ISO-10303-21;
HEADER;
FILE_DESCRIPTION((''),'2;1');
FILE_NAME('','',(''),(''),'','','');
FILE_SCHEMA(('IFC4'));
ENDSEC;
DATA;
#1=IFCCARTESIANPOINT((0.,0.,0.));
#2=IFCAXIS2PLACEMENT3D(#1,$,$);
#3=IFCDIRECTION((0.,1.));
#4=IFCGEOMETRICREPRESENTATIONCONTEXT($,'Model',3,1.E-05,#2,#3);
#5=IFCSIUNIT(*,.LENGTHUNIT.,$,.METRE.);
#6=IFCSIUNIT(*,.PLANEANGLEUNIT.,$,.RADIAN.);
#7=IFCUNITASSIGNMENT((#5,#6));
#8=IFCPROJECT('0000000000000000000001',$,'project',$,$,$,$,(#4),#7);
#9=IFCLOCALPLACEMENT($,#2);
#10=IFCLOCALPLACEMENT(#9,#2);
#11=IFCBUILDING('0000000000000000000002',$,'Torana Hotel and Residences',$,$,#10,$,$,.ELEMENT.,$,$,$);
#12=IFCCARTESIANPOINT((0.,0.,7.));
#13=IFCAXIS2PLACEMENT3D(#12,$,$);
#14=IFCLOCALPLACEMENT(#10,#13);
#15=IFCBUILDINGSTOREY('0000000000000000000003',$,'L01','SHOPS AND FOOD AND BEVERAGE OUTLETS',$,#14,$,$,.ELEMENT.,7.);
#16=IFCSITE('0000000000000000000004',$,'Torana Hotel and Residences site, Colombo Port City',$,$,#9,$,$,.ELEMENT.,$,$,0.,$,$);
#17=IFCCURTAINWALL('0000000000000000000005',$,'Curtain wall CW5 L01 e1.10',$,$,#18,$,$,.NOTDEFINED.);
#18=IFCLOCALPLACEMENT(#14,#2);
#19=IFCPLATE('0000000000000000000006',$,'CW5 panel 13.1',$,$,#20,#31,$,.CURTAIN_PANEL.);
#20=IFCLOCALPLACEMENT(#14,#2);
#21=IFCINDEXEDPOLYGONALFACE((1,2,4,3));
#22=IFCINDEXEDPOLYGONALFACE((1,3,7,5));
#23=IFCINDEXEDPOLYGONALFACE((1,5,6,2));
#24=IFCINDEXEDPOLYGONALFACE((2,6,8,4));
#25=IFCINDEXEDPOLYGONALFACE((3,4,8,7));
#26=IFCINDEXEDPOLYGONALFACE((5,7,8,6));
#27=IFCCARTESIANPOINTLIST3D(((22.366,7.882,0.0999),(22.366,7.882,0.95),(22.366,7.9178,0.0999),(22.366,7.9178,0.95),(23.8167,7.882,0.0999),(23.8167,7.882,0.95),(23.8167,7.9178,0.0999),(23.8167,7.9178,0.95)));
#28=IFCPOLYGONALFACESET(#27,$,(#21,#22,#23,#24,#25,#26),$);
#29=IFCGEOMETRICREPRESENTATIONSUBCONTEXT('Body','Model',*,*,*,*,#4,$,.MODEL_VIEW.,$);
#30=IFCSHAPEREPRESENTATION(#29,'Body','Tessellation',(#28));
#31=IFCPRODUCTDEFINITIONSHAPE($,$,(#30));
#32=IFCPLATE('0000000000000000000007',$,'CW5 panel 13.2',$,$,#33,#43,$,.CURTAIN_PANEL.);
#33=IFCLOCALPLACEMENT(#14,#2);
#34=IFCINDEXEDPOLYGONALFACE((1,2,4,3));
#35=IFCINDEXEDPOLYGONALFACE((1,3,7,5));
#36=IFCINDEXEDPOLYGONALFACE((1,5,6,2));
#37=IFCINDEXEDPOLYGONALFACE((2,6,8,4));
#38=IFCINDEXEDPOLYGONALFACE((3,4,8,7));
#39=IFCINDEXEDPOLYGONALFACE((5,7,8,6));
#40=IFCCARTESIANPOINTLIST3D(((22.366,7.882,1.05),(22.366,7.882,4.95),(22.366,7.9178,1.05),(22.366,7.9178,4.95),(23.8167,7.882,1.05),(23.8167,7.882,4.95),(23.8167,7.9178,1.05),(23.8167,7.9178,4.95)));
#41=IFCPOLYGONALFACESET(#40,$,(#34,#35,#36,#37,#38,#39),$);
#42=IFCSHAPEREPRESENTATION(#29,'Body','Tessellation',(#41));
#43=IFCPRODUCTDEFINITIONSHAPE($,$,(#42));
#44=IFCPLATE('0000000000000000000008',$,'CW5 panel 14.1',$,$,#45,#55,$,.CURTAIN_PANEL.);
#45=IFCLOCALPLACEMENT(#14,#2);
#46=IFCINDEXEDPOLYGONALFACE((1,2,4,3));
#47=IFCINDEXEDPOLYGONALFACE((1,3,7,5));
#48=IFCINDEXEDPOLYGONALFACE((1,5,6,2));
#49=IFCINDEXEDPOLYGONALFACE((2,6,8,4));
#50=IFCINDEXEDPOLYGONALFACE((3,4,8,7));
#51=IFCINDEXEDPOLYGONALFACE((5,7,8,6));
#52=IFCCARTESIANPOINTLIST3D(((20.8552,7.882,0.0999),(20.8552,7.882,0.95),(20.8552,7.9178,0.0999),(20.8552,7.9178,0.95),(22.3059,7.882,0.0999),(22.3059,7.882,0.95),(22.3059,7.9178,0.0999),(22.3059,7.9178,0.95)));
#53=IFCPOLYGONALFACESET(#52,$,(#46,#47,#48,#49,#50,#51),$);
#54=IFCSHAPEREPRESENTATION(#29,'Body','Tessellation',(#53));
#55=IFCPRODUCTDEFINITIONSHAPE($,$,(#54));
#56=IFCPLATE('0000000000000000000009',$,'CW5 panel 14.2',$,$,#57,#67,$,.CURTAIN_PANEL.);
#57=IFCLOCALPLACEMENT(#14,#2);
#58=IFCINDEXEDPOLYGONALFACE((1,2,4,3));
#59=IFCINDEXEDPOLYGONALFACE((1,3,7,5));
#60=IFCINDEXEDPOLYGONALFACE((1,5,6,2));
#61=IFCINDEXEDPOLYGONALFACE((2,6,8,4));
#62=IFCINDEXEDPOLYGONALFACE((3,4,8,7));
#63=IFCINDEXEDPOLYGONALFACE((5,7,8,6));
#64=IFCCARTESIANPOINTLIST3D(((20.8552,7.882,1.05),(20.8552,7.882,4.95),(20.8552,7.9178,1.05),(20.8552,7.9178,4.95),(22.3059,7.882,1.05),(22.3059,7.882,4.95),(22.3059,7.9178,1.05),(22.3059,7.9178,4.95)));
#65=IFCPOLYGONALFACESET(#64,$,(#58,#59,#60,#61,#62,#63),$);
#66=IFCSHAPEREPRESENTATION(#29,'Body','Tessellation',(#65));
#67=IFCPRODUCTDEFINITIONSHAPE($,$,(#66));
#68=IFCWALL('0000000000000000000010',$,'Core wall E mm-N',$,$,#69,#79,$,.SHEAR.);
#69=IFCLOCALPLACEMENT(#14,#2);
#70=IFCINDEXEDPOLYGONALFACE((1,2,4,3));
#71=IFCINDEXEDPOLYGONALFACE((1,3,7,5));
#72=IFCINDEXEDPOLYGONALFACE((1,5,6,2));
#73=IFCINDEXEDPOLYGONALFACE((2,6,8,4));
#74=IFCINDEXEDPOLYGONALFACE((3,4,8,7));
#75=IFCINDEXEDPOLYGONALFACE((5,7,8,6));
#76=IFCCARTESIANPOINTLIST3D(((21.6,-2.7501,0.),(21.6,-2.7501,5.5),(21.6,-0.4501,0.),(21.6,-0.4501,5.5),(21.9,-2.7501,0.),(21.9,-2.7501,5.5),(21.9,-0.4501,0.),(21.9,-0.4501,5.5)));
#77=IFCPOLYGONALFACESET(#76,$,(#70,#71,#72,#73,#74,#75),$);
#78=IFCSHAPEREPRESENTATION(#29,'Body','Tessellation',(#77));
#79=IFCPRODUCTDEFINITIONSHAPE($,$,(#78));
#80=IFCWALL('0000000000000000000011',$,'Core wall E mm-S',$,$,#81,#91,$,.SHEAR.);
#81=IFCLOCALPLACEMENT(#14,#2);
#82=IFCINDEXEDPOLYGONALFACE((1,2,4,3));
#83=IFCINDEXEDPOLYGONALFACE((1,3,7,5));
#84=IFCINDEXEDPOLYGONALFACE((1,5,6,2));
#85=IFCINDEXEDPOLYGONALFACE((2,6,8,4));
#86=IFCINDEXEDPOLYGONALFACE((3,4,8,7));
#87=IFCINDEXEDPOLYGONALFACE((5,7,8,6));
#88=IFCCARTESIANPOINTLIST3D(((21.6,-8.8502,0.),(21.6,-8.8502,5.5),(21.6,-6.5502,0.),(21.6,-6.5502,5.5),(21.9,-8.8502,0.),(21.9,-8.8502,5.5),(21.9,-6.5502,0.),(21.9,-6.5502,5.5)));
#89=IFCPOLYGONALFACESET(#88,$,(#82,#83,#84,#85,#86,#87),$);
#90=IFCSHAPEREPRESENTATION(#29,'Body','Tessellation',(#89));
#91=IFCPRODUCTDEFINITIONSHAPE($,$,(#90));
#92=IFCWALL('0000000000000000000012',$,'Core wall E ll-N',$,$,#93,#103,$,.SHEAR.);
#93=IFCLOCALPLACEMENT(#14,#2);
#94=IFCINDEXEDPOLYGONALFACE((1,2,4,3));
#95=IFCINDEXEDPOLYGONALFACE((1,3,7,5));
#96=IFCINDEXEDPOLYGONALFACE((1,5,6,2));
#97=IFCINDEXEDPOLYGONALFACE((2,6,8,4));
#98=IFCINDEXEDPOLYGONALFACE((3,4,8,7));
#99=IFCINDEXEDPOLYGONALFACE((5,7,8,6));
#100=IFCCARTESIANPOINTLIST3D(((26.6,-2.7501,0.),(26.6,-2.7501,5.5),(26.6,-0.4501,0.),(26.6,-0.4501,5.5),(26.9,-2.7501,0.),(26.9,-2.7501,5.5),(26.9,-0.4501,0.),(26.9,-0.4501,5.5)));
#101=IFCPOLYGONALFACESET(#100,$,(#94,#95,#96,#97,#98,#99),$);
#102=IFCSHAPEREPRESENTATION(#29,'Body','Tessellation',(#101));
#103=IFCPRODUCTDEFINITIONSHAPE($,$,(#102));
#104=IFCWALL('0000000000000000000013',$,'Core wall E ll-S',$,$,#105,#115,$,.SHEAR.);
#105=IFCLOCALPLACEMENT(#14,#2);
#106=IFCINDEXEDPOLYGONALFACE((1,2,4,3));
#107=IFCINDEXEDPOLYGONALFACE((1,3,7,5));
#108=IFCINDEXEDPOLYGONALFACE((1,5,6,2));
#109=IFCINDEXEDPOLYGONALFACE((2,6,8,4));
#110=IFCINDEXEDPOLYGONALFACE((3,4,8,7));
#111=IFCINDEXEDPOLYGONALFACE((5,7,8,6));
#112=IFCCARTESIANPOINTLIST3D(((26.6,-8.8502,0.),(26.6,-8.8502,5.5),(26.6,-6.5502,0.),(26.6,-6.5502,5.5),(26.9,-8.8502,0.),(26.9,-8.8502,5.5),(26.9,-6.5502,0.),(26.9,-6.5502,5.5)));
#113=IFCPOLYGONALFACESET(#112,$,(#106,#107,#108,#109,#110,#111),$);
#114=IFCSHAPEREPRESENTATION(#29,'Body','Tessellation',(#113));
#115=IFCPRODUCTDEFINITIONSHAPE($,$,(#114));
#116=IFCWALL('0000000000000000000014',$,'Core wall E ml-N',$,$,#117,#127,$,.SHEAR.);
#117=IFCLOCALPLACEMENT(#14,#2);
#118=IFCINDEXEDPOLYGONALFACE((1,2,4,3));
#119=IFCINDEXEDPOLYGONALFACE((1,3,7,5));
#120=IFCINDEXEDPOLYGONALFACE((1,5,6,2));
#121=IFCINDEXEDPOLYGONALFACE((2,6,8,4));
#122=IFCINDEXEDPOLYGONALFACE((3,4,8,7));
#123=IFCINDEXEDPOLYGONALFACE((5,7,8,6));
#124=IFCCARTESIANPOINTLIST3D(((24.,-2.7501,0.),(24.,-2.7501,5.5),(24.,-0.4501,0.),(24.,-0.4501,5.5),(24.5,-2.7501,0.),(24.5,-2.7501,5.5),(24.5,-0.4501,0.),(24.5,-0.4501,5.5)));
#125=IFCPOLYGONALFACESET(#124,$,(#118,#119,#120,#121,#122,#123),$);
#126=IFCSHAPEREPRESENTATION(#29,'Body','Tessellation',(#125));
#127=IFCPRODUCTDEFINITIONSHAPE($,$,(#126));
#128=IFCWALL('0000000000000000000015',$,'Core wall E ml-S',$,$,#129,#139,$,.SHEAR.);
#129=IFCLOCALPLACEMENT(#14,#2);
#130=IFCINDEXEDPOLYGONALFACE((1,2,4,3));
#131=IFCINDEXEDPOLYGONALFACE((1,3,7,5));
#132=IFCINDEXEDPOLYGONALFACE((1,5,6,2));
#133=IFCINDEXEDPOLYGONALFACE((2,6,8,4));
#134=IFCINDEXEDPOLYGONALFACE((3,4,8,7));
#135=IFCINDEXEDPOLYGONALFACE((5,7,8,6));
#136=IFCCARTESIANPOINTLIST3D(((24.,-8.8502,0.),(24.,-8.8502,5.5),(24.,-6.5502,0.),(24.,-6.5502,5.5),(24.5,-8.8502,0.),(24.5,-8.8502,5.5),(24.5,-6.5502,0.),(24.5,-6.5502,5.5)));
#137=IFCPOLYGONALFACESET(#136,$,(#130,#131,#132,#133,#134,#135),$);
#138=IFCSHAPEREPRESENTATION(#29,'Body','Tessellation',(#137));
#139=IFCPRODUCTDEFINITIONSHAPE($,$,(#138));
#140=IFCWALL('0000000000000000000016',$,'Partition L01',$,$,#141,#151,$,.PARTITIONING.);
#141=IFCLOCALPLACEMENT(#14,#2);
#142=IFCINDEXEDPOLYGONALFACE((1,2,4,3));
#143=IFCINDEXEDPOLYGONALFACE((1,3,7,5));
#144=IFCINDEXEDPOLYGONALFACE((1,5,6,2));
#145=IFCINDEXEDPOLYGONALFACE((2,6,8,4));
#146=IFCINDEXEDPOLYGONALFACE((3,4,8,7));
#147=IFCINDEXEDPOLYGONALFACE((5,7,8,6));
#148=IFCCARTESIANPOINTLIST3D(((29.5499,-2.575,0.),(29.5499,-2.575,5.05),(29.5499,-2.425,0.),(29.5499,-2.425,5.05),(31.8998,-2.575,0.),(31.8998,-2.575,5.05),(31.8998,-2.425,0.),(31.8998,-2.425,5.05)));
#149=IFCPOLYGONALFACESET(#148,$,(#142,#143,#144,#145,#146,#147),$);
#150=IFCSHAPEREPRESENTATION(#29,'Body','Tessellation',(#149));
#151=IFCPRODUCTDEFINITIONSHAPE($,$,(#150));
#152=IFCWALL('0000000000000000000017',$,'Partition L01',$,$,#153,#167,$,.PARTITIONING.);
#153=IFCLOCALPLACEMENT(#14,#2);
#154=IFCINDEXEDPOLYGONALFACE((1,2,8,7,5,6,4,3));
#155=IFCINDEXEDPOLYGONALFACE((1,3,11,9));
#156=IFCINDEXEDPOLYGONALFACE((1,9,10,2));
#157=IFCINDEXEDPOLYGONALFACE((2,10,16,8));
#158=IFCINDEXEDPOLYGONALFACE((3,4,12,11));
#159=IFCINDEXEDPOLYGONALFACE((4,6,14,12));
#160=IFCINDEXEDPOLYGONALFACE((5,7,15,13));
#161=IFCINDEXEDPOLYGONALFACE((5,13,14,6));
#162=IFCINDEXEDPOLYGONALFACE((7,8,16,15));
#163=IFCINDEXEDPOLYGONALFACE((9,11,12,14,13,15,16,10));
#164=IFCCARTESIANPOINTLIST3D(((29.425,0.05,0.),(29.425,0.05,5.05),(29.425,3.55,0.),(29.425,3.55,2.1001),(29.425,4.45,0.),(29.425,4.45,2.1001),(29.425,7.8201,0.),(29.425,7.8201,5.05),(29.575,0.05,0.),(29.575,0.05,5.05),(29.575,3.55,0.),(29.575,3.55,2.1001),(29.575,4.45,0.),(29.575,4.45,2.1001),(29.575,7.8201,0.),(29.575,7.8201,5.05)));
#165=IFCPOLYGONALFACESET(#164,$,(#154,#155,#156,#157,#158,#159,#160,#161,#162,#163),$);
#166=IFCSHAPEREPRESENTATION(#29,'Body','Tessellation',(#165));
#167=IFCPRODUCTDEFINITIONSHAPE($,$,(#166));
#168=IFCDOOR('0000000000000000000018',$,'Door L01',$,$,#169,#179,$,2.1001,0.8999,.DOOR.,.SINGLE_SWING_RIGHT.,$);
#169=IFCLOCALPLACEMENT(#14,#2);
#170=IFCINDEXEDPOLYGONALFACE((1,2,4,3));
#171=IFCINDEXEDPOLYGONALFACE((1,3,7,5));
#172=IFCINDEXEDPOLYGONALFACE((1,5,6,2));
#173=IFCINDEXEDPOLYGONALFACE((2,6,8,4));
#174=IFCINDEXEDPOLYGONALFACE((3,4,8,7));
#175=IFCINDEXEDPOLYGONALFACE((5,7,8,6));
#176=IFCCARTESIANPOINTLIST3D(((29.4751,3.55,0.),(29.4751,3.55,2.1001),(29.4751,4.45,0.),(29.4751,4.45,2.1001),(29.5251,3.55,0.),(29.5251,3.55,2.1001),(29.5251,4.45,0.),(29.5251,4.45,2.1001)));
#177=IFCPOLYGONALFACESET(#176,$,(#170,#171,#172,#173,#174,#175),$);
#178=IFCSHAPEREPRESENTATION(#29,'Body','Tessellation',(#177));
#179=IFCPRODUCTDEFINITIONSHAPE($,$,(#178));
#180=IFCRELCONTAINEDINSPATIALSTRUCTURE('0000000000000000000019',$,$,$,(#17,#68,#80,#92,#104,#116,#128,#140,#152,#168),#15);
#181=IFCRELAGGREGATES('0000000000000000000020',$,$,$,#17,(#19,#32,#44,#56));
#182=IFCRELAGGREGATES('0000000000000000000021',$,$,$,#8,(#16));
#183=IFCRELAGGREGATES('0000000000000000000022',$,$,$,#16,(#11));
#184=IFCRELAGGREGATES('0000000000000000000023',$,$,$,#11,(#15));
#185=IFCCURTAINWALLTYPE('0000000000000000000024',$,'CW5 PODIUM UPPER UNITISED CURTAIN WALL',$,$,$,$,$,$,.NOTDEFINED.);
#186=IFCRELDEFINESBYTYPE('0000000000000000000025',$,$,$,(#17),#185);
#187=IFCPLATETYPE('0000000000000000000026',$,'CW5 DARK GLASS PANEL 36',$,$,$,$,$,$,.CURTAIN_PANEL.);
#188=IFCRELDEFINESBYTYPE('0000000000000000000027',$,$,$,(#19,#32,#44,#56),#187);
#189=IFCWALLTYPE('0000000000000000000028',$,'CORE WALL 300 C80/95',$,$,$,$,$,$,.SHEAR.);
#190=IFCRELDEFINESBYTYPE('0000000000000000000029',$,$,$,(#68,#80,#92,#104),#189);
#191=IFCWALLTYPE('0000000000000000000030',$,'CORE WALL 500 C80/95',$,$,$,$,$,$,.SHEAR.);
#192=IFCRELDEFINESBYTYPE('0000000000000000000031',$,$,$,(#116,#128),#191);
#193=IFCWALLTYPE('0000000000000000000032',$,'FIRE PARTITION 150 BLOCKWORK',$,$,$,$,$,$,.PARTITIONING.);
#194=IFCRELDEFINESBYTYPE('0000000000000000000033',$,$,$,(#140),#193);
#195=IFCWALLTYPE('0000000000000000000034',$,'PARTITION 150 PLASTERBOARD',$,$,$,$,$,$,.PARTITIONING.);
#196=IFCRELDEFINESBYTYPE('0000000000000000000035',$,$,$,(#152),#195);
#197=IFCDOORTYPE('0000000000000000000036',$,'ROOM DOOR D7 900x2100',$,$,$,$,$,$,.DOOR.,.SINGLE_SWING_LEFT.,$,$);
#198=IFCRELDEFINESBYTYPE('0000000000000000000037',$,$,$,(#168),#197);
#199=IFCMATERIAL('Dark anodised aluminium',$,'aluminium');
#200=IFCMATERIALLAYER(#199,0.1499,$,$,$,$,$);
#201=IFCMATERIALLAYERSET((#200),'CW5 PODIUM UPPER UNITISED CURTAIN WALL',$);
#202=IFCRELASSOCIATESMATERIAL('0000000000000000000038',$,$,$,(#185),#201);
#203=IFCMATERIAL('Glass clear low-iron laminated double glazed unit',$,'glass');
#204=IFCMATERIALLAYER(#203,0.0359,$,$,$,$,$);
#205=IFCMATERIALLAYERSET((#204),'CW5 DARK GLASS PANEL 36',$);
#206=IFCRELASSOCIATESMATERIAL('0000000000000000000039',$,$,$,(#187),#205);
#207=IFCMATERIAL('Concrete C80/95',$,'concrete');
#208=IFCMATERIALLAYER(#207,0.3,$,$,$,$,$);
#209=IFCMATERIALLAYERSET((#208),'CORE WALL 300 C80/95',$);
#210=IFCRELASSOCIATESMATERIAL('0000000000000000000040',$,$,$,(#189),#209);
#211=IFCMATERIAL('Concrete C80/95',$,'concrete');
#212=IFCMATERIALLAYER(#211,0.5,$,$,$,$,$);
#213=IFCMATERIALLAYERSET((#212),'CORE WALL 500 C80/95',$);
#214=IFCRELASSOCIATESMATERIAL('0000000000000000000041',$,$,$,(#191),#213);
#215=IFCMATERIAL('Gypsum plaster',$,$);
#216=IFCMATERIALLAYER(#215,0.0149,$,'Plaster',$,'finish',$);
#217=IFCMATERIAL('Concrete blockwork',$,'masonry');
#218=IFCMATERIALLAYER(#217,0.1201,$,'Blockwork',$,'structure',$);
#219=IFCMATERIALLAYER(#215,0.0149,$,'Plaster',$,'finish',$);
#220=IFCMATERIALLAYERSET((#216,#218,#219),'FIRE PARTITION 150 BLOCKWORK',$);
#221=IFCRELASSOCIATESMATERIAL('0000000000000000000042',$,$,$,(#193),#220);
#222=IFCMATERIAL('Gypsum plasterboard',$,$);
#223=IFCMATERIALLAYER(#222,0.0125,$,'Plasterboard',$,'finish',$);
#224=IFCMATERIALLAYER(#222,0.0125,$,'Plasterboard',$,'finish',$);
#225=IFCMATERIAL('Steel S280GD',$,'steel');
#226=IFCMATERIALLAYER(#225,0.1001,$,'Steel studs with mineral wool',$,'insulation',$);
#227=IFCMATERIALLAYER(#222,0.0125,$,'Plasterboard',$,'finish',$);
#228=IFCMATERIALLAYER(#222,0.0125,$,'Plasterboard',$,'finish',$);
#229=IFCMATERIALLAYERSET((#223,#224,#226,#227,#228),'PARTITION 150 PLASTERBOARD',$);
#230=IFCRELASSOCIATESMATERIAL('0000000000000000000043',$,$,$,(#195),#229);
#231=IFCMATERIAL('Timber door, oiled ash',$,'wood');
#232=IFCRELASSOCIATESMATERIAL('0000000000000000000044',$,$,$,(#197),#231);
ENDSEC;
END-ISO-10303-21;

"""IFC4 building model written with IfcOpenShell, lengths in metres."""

from ifc_helpers import new_model, si_unit, direction, frame, frame_2d, origin, origin_2d, place, context, subcontext, project, spatial, rectangle, extrude, material, layer, layer_set, type_object, element, fill, aggregate, save


model = new_model("IFC4")

# Units and contexts
model_context = context("Model", 3, precision=1e-05, world=origin(), true_north=direction((0.0, 1.0)))
body_context = subcontext(model_context, "Body", "Model", "MODEL_VIEW")
ifc_project = project(units=[si_unit("LENGTHUNIT", "METRE"), si_unit("PLANEANGLEUNIT", "RADIAN")], contexts=[model_context])

# Site, building, storey
site_placement = place(None, origin())
site = spatial("IfcSite", under=ifc_project, at=site_placement, Name="Torana Hotel and Residences site, Colombo Port City", CompositionType="ELEMENT", RefElevation=0.0)
building_placement = place(site_placement, origin())
building = spatial("IfcBuilding", under=site, at=building_placement, Name="Torana Hotel and Residences", CompositionType="ELEMENT")
storey_placement = place(building_placement, frame((0.0, 0.0, 7.0)))
storey = spatial("IfcBuildingStorey", under=building, at=storey_placement, Name="L01", Description="SHOPS AND FOOD AND BEVERAGE OUTLETS", CompositionType="ELEMENT", Elevation=7.0)

# Curtain wall, plates
ifc_material_1 = material(Name="Dark anodised aluminium", Category="aluminium")
ifc_layer_1 = layer(ifc_material_1, 0.1499)
ifc_layer_set_1 = layer_set([ifc_layer_1], Name="CW5 PODIUM UPPER UNITISED CURTAIN WALL")
curtain_wall_type = type_object("IfcCurtainWallType", Name="CW5 PODIUM UPPER UNITISED CURTAIN WALL", PredefinedType="NOTDEFINED", material=ifc_layer_set_1)
curtain_wall_placement = place(storey_placement, origin())
curtain_wall = element("IfcCurtainWall", 1, at=curtain_wall_placement, inside=storey, type_object=curtain_wall_type, Name="Curtain wall CW5 L01 e1.10", PredefinedType="NOTDEFINED")
ifc_material_2 = material(Name="Glass clear low-iron laminated double glazed unit", Category="glass")
ifc_layer_2 = layer(ifc_material_2, 0.0359)
ifc_layer_set_2 = layer_set([ifc_layer_2], Name="CW5 DARK GLASS PANEL 36")
plate_type = type_object("IfcPlateType", Name="CW5 DARK GLASS PANEL 36", PredefinedType="CURTAIN_PANEL", material=ifc_layer_set_2)
plate_1_placement = place(storey_placement, frame((23.0913, 7.8999, 0.0999), z_axis=(0.0, 0.0, 1.0), x_axis=(-1.0, 0.0, 0.0)))
plate_1 = element("IfcPlate", 2, at=plate_1_placement, type_object=plate_type, Name="CW5 panel 13.1", PredefinedType="CURTAIN_PANEL", context=body_context, shape_type="SweptSolid", body=[
    extrude(rectangle(XDim=1.4507, YDim=0.0359, at=origin_2d()), origin(), (0.0, 0.0, 1.0), 0.8501),
])
plate_2_placement = place(storey_placement, frame((23.0913, 7.8999, 1.05), z_axis=(0.0, 0.0, 1.0), x_axis=(-1.0, 0.0, 0.0)))
plate_2 = element("IfcPlate", 3, at=plate_2_placement, type_object=plate_type, Name="CW5 panel 13.2", PredefinedType="CURTAIN_PANEL", context=body_context, shape_type="SweptSolid", body=[
    extrude(rectangle(XDim=1.4507, YDim=0.0359, at=origin_2d()), origin(), (0.0, 0.0, 1.0), 3.8999),
])
plate_3_placement = place(storey_placement, frame((21.5806, 7.8999, 0.0999), z_axis=(0.0, 0.0, 1.0), x_axis=(-1.0, 0.0, 0.0)))
plate_3 = element("IfcPlate", 4, at=plate_3_placement, type_object=plate_type, Name="CW5 panel 14.1", PredefinedType="CURTAIN_PANEL", context=body_context, shape_type="SweptSolid", body=[
    extrude(rectangle(XDim=1.4507, YDim=0.0359, at=origin_2d()), origin(), (0.0, 0.0, 1.0), 0.8501),
])
plate_4_placement = place(storey_placement, frame((21.5806, 7.8999, 1.05), z_axis=(0.0, 0.0, 1.0), x_axis=(-1.0, 0.0, 0.0)))
plate_4 = element("IfcPlate", 5, at=plate_4_placement, type_object=plate_type, Name="CW5 panel 14.2", PredefinedType="CURTAIN_PANEL", context=body_context, shape_type="SweptSolid", body=[
    extrude(rectangle(XDim=1.4507, YDim=0.0359, at=origin_2d()), origin(), (0.0, 0.0, 1.0), 3.8999),
])
aggregate(curtain_wall, [plate_1, plate_2, plate_3, plate_4])

# Walls
ifc_material_3 = material(Name="Concrete C80/95", Category="concrete")
ifc_layer_3 = layer(ifc_material_3, 0.3)
ifc_layer_set_3 = layer_set([ifc_layer_3], Name="CORE WALL 300 C80/95")
wall_type_1 = type_object("IfcWallType", Name="CORE WALL 300 C80/95", PredefinedType="SHEAR", material=ifc_layer_set_3)
for number, where, z_axis, x_axis, name in (
    (6, (21.75, -2.75, 0.0), (0.0, 0.0, 1.0), (0.0, 1.0, 0.0), "Core wall E mm-N"),
    (7, (21.75, -8.8501, 0.0), (0.0, 0.0, 1.0), (0.0, 1.0, 0.0), "Core wall E mm-S"),
    (8, (26.75, -2.75, 0.0), (0.0, 0.0, 1.0), (0.0, 1.0, 0.0), "Core wall E ll-N"),
    (9, (26.75, -8.8501, 0.0), (0.0, 0.0, 1.0), (0.0, 1.0, 0.0), "Core wall E ll-S"),
):
    element("IfcWall", number, at=place(storey_placement, frame(where, z_axis=z_axis, x_axis=x_axis)), inside=storey, type_object=wall_type_1, Name=name, PredefinedType="SHEAR", context=body_context, shape_type="SweptSolid", body=[
        extrude(rectangle(XDim=2.3, YDim=0.3, at=frame_2d((1.1499, 0.0))), origin(), (0.0, 0.0, 1.0), 5.5),
    ])
ifc_material_4 = material(Name="Concrete C80/95", Category="concrete")
ifc_layer_4 = layer(ifc_material_4, 0.5)
ifc_layer_set_4 = layer_set([ifc_layer_4], Name="CORE WALL 500 C80/95")
wall_type_2 = type_object("IfcWallType", Name="CORE WALL 500 C80/95", PredefinedType="SHEAR", material=ifc_layer_set_4)
for number, where, z_axis, x_axis, name in (
    (10, (24.25, -2.75, 0.0), (0.0, 0.0, 1.0), (0.0, 1.0, 0.0), "Core wall E ml-N"),
    (11, (24.25, -8.8501, 0.0), (0.0, 0.0, 1.0), (0.0, 1.0, 0.0), "Core wall E ml-S"),
):
    element("IfcWall", number, at=place(storey_placement, frame(where, z_axis=z_axis, x_axis=x_axis)), inside=storey, type_object=wall_type_2, Name=name, PredefinedType="SHEAR", context=body_context, shape_type="SweptSolid", body=[
        extrude(rectangle(XDim=2.3, YDim=0.5, at=frame_2d((1.1499, 0.0))), origin(), (0.0, 0.0, 1.0), 5.5),
    ])
ifc_material_5 = material(Name="Gypsum plaster")
ifc_layer_5 = layer(ifc_material_5, 0.0149, Name="Plaster", Category="finish")
ifc_material_6 = material(Name="Concrete blockwork", Category="masonry")
ifc_layer_6 = layer(ifc_material_6, 0.1201, Name="Blockwork", Category="structure")
ifc_layer_7 = layer(ifc_material_5, 0.0149, Name="Plaster", Category="finish")
ifc_layer_set_5 = layer_set([ifc_layer_5, ifc_layer_6, ifc_layer_7], Name="FIRE PARTITION 150 BLOCKWORK")
wall_type_3 = type_object("IfcWallType", Name="FIRE PARTITION 150 BLOCKWORK", PredefinedType="PARTITIONING", material=ifc_layer_set_5)
wall_1_placement = place(storey_placement, frame((29.55, -2.5, 0.0), z_axis=(0.0, 0.0, 1.0), x_axis=(1.0, 0.0, 0.0)))
element("IfcWall", 12, at=wall_1_placement, inside=storey, type_object=wall_type_3, Name="Partition L01", PredefinedType="PARTITIONING", context=body_context, shape_type="SweptSolid", body=[
    extrude(rectangle(XDim=2.3499, YDim=0.1499, at=frame_2d((1.1748, 0.0))), origin(), (0.0, 0.0, 1.0), 5.05),
])

# Wall, opening, door
ifc_material_7 = material(Name="Gypsum plasterboard")
ifc_layer_8 = layer(ifc_material_7, 0.0125, Name="Plasterboard", Category="finish")
ifc_layer_9 = layer(ifc_material_7, 0.0125, Name="Plasterboard", Category="finish")
ifc_material_8 = material(Name="Steel S280GD", Category="steel")
ifc_layer_10 = layer(ifc_material_8, 0.1001, Name="Steel studs with mineral wool", Category="insulation")
ifc_layer_11 = layer(ifc_material_7, 0.0125, Name="Plasterboard", Category="finish")
ifc_layer_12 = layer(ifc_material_7, 0.0125, Name="Plasterboard", Category="finish")
ifc_layer_set_6 = layer_set([ifc_layer_8, ifc_layer_9, ifc_layer_10, ifc_layer_11, ifc_layer_12], Name="PARTITION 150 PLASTERBOARD")
wall_type_4 = type_object("IfcWallType", Name="PARTITION 150 PLASTERBOARD", PredefinedType="PARTITIONING", material=ifc_layer_set_6)
wall_2_placement = place(storey_placement, frame((29.5, 0.05, 0.0), z_axis=(0.0, 0.0, 1.0), x_axis=(0.0, 1.0, 0.0)))
wall_2 = element("IfcWall", 13, at=wall_2_placement, inside=storey, type_object=wall_type_4, Name="Partition L01", PredefinedType="PARTITIONING", context=body_context, shape_type="SweptSolid", body=[
    extrude(rectangle(XDim=7.77, YDim=0.1499, at=frame_2d((3.885, 0.0))), origin(), (0.0, 0.0, 1.0), 5.05),
])
opening_placement = place(wall_2_placement, frame((3.5, 0.0, 0.0)))
opening = element("IfcOpeningElement", 14, at=opening_placement, cuts=wall_2, PredefinedType="OPENING", context=body_context, shape_type="SweptSolid", body=[
    extrude(rectangle(XDim=0.8999, YDim=2.1001, at=frame_2d((0.45, 1.05))), frame((0.0, 0.085, 0.0), z_axis=(0.0, -1.0, 0.0), x_axis=(1.0, 0.0, 0.0)), (0.0, 0.0, 1.0), 0.1699),
])
ifc_material_9 = material(Name="Timber door, oiled ash", Category="wood")
door_type = type_object("IfcDoorType", Name="ROOM DOOR D7 900x2100", OperationType="SINGLE_SWING_LEFT", PredefinedType="DOOR", material=ifc_material_9)
door_placement = place(opening_placement, origin())
door = element("IfcDoor", 15, at=door_placement, inside=storey, type_object=door_type, Name="Door L01", OperationType="SINGLE_SWING_RIGHT", OverallHeight=2.1001, OverallWidth=0.8999, PredefinedType="DOOR", context=body_context, shape_type="SweptSolid", body=[
    extrude(rectangle(XDim=0.8999, YDim=2.1001, at=frame_2d((0.45, 1.05))), frame((0.0, 0.0249, 0.0), z_axis=(0.0, -1.0, 0.0), x_axis=(1.0, 0.0, 0.0)), (0.0, 0.0, 1.0), 0.05),
])
fill(opening, door)

save(model, "model.ifc")
